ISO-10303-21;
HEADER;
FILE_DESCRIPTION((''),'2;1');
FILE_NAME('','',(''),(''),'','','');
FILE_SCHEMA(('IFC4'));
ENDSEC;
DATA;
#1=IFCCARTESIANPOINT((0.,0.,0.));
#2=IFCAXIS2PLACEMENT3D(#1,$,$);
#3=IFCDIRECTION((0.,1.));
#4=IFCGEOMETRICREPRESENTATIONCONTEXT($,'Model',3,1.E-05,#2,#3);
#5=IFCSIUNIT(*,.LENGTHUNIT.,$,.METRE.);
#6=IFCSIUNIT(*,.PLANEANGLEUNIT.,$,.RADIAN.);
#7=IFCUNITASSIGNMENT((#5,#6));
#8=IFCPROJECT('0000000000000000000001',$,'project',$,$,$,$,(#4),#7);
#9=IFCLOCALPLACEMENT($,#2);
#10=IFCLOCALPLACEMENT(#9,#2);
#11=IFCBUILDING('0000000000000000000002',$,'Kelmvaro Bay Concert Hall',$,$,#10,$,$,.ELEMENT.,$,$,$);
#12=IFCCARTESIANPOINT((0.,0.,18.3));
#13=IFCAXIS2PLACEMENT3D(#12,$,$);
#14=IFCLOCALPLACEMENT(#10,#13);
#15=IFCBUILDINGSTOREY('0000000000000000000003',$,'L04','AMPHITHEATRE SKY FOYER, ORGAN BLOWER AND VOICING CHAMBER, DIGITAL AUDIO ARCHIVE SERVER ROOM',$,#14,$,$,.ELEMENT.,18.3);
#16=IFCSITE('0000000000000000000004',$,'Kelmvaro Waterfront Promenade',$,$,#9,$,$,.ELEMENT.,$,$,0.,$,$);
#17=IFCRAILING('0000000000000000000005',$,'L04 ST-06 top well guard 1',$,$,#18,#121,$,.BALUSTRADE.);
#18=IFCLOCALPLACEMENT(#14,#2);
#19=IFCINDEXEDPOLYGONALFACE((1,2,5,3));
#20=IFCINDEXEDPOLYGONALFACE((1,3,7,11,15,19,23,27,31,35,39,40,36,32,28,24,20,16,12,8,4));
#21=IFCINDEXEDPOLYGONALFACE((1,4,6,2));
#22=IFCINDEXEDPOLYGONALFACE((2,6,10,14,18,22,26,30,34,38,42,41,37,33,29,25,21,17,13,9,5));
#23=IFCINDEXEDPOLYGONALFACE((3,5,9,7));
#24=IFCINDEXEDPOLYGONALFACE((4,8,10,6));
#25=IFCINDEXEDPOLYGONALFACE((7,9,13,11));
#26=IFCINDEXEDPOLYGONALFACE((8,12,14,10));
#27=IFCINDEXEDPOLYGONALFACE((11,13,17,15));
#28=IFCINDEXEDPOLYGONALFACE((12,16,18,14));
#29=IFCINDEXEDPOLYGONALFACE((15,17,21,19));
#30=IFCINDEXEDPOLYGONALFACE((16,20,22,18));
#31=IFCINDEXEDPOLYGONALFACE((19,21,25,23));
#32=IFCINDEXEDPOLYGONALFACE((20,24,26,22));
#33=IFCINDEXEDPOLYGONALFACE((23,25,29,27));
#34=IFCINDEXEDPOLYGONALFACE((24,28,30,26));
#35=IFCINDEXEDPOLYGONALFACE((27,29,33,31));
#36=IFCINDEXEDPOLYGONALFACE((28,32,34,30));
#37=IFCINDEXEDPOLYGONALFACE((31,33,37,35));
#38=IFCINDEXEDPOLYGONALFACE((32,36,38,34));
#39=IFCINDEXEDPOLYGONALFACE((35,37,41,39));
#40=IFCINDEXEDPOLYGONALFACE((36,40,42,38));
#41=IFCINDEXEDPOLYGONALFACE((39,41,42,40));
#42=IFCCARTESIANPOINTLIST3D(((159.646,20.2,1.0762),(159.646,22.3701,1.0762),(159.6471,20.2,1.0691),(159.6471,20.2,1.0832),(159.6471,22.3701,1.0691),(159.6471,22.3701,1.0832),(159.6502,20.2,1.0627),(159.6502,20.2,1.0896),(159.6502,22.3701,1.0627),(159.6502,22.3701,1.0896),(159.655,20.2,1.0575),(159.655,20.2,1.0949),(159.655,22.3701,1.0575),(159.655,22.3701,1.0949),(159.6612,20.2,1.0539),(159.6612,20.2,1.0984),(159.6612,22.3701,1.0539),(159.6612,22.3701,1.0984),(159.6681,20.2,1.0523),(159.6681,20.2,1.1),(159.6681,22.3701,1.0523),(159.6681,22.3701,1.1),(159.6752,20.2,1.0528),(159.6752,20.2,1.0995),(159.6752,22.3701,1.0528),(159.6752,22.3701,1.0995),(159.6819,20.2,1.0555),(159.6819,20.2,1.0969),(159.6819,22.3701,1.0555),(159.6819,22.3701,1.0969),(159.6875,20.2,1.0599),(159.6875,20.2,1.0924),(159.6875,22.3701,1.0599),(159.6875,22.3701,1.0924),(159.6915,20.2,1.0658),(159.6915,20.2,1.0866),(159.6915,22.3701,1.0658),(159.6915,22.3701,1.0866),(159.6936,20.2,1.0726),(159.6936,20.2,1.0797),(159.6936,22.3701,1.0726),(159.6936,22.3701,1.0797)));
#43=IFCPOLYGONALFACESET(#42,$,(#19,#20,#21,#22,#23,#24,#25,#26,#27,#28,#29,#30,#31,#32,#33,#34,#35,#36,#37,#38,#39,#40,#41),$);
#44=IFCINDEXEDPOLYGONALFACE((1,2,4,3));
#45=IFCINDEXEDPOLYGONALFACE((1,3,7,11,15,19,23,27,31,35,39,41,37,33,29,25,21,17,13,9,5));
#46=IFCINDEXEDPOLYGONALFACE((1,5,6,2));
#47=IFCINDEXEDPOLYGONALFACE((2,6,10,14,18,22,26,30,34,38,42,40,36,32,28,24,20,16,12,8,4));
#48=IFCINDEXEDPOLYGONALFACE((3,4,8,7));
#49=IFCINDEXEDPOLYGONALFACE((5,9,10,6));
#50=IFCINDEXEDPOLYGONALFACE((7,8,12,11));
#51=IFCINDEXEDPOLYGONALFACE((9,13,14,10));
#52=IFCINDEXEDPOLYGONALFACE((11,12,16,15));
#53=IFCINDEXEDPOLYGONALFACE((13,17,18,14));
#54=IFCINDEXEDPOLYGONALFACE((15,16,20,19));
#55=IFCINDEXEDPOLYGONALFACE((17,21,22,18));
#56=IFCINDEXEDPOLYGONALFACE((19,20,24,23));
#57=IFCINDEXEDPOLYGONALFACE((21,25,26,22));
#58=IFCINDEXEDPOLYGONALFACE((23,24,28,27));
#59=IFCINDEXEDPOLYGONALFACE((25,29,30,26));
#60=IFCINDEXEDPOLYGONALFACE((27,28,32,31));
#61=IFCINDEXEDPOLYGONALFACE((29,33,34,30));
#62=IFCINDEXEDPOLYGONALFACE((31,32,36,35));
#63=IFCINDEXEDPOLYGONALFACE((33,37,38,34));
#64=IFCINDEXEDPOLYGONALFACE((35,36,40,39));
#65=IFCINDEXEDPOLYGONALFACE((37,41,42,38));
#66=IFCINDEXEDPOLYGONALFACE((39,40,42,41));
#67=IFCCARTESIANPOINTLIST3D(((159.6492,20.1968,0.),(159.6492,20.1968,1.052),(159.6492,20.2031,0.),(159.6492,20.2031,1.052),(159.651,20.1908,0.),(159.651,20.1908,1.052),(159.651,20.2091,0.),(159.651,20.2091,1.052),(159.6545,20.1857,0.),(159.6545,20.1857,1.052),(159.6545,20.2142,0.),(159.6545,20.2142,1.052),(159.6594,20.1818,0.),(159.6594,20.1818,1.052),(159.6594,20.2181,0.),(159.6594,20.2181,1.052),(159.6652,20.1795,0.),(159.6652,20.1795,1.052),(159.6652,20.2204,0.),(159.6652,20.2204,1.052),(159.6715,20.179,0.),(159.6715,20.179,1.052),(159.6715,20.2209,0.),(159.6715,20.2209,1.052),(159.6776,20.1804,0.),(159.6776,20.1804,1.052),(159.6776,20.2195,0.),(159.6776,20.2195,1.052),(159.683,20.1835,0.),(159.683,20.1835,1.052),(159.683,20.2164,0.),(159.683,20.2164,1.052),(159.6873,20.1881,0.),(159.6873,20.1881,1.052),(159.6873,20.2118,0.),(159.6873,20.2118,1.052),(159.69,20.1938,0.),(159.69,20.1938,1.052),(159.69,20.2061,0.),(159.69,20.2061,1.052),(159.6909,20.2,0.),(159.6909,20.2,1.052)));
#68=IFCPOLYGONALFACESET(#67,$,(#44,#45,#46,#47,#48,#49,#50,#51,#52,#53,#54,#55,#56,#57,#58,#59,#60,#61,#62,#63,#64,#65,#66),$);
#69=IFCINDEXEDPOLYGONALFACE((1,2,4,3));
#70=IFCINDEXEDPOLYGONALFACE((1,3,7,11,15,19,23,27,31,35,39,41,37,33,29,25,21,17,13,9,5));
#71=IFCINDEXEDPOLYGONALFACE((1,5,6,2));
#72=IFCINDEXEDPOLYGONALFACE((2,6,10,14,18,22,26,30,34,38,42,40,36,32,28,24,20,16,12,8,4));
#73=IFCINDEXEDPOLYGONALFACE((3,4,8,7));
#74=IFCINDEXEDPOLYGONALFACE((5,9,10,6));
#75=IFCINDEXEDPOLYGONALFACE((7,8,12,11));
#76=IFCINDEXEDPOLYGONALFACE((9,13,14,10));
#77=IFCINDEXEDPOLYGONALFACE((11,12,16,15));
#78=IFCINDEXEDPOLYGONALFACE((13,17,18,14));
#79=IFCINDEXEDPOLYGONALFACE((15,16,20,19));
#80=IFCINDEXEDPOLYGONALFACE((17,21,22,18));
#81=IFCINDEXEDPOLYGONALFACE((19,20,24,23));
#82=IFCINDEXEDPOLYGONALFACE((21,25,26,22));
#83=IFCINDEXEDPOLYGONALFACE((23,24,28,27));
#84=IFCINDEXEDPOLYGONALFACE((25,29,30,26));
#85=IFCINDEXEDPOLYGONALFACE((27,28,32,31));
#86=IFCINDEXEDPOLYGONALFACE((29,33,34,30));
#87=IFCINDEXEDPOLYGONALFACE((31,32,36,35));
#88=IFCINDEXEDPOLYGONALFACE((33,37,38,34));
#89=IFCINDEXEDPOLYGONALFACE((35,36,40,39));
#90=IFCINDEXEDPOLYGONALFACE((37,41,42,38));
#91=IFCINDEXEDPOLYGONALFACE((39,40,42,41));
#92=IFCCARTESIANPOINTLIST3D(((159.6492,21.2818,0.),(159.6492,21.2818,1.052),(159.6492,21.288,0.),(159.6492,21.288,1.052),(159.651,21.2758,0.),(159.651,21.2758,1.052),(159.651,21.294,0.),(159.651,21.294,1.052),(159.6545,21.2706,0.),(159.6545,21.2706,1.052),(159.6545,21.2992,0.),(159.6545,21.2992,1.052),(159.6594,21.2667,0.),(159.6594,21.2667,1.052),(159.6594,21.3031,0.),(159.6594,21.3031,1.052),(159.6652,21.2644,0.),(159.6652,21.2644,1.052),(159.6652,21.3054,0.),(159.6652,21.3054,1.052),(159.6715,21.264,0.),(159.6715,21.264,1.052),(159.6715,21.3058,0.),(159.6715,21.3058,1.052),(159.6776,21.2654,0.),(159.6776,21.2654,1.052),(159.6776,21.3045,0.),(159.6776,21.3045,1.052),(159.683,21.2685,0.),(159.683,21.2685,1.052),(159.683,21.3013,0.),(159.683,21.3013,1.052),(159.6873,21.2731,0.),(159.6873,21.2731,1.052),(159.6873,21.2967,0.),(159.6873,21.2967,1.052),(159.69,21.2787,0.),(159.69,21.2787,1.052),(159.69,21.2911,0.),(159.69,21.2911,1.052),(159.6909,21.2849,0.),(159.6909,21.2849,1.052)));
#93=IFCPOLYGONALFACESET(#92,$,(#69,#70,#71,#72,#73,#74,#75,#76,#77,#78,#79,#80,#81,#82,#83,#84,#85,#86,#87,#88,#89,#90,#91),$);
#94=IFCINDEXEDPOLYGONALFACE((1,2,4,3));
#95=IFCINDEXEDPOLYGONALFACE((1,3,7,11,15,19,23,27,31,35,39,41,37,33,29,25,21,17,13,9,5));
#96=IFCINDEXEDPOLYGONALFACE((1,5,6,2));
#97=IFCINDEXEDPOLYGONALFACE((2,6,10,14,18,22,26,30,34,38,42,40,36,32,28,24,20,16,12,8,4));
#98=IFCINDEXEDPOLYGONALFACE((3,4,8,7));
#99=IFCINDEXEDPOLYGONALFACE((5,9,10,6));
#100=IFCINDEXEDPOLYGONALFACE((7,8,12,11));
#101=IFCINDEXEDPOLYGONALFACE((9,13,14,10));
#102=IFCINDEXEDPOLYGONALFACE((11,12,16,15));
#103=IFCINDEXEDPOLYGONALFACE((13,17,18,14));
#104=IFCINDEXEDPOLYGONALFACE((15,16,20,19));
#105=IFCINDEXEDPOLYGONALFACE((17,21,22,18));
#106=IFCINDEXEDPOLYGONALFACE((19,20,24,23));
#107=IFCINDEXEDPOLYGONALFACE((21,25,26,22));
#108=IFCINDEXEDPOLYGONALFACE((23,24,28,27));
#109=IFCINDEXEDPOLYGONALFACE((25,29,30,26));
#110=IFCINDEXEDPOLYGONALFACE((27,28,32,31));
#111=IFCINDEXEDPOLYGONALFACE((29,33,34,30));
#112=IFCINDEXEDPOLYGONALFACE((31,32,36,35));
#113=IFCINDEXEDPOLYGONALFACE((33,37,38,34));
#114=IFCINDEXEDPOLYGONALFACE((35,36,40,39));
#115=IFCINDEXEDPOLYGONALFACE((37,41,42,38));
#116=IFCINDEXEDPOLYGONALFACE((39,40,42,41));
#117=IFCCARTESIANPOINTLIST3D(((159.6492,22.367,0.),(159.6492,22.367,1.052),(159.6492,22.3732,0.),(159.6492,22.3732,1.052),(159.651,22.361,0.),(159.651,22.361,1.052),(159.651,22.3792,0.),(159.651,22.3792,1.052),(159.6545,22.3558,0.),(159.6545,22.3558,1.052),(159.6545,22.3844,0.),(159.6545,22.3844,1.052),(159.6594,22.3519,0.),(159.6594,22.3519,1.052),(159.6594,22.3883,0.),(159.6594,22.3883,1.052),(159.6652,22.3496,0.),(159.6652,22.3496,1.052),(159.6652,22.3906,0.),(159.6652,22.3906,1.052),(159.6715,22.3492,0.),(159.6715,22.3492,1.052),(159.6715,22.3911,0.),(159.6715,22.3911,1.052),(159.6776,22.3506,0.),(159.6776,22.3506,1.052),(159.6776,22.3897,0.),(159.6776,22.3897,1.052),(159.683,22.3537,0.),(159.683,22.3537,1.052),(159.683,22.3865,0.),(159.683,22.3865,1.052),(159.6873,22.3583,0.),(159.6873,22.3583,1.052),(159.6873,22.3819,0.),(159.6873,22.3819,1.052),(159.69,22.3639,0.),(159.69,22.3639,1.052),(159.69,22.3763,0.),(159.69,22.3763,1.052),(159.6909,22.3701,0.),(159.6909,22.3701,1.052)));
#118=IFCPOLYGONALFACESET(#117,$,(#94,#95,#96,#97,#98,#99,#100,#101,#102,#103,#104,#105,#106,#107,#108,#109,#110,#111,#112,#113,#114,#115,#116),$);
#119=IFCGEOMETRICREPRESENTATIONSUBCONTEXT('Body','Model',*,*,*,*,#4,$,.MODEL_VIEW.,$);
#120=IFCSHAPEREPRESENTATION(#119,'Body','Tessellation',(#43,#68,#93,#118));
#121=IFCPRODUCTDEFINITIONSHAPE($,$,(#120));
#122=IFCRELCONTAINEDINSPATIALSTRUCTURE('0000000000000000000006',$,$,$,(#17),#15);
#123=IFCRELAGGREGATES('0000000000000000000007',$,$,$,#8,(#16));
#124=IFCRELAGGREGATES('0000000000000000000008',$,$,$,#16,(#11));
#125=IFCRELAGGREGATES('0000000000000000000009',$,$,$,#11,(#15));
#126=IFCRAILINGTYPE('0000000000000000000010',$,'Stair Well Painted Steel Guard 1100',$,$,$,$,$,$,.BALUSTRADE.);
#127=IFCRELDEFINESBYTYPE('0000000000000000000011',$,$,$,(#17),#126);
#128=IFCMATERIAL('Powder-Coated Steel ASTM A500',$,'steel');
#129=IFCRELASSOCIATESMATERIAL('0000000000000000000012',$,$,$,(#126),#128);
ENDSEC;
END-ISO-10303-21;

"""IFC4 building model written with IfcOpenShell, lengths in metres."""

from ifc_helpers import new_model, si_unit, direction, frame, origin, origin_2d, place, context, subcontext, project, spatial, circle, extrude, material, type_object, element, save


model = new_model("IFC4")

# Units and contexts
model_context = context("Model", 3, precision=1e-05, world=origin(), true_north=direction((0.0, 1.0)))
body_context = subcontext(model_context, "Body", "Model", "MODEL_VIEW")
ifc_project = project(units=[si_unit("LENGTHUNIT", "METRE"), si_unit("PLANEANGLEUNIT", "RADIAN")], contexts=[model_context])

# Site, building, storey
site_placement = place(None, origin())
site = spatial("IfcSite", under=ifc_project, at=site_placement, Name="Kelmvaro Waterfront Promenade", CompositionType="ELEMENT", RefElevation=0.0)
building_placement = place(site_placement, origin())
building = spatial("IfcBuilding", under=site, at=building_placement, Name="Kelmvaro Bay Concert Hall", CompositionType="ELEMENT")
storey_placement = place(building_placement, frame((0.0, 0.0, 18.3)))
storey = spatial("IfcBuildingStorey", under=building, at=storey_placement, Name="L04", Description="AMPHITHEATRE SKY FOYER, ORGAN BLOWER AND VOICING CHAMBER, DIGITAL AUDIO ARCHIVE SERVER ROOM", CompositionType="ELEMENT", Elevation=18.3)

# Railing
ifc_material_1 = material(Name="Powder-Coated Steel ASTM A500", Category="steel")
railing_type = type_object("IfcRailingType", Name="Stair Well Painted Steel Guard 1100", PredefinedType="BALUSTRADE", material=ifc_material_1)
railing_placement = place(storey_placement, frame((159.6699, 20.2, 0.0)))
element("IfcRailing", 1, at=railing_placement, inside=storey, type_object=railing_type, Name="L04 ST-06 top well guard 1", PredefinedType="BALUSTRADE", context=body_context, shape_type="SweptSolid", body=[
    extrude(circle(Radius=0.0239, at=origin_2d()), frame((0.0, 0.0, 1.0762), z_axis=(0.0, 1.0, 0.0), x_axis=(-1.0, 0.0, 0.0)), (0.0, 0.0, 1.0), 2.1702),
    extrude(circle(Radius=0.021, at=origin_2d()), origin(), (0.0, 0.0, 1.0), 1.052),
    extrude(circle(Radius=0.021, at=origin_2d()), frame((0.0, 1.085, 0.0)), (0.0, 0.0, 1.0), 1.052),
    extrude(circle(Radius=0.021, at=origin_2d()), frame((0.0, 2.1702, 0.0)), (0.0, 0.0, 1.0), 1.052),
])

save(model, "model.ifc")
